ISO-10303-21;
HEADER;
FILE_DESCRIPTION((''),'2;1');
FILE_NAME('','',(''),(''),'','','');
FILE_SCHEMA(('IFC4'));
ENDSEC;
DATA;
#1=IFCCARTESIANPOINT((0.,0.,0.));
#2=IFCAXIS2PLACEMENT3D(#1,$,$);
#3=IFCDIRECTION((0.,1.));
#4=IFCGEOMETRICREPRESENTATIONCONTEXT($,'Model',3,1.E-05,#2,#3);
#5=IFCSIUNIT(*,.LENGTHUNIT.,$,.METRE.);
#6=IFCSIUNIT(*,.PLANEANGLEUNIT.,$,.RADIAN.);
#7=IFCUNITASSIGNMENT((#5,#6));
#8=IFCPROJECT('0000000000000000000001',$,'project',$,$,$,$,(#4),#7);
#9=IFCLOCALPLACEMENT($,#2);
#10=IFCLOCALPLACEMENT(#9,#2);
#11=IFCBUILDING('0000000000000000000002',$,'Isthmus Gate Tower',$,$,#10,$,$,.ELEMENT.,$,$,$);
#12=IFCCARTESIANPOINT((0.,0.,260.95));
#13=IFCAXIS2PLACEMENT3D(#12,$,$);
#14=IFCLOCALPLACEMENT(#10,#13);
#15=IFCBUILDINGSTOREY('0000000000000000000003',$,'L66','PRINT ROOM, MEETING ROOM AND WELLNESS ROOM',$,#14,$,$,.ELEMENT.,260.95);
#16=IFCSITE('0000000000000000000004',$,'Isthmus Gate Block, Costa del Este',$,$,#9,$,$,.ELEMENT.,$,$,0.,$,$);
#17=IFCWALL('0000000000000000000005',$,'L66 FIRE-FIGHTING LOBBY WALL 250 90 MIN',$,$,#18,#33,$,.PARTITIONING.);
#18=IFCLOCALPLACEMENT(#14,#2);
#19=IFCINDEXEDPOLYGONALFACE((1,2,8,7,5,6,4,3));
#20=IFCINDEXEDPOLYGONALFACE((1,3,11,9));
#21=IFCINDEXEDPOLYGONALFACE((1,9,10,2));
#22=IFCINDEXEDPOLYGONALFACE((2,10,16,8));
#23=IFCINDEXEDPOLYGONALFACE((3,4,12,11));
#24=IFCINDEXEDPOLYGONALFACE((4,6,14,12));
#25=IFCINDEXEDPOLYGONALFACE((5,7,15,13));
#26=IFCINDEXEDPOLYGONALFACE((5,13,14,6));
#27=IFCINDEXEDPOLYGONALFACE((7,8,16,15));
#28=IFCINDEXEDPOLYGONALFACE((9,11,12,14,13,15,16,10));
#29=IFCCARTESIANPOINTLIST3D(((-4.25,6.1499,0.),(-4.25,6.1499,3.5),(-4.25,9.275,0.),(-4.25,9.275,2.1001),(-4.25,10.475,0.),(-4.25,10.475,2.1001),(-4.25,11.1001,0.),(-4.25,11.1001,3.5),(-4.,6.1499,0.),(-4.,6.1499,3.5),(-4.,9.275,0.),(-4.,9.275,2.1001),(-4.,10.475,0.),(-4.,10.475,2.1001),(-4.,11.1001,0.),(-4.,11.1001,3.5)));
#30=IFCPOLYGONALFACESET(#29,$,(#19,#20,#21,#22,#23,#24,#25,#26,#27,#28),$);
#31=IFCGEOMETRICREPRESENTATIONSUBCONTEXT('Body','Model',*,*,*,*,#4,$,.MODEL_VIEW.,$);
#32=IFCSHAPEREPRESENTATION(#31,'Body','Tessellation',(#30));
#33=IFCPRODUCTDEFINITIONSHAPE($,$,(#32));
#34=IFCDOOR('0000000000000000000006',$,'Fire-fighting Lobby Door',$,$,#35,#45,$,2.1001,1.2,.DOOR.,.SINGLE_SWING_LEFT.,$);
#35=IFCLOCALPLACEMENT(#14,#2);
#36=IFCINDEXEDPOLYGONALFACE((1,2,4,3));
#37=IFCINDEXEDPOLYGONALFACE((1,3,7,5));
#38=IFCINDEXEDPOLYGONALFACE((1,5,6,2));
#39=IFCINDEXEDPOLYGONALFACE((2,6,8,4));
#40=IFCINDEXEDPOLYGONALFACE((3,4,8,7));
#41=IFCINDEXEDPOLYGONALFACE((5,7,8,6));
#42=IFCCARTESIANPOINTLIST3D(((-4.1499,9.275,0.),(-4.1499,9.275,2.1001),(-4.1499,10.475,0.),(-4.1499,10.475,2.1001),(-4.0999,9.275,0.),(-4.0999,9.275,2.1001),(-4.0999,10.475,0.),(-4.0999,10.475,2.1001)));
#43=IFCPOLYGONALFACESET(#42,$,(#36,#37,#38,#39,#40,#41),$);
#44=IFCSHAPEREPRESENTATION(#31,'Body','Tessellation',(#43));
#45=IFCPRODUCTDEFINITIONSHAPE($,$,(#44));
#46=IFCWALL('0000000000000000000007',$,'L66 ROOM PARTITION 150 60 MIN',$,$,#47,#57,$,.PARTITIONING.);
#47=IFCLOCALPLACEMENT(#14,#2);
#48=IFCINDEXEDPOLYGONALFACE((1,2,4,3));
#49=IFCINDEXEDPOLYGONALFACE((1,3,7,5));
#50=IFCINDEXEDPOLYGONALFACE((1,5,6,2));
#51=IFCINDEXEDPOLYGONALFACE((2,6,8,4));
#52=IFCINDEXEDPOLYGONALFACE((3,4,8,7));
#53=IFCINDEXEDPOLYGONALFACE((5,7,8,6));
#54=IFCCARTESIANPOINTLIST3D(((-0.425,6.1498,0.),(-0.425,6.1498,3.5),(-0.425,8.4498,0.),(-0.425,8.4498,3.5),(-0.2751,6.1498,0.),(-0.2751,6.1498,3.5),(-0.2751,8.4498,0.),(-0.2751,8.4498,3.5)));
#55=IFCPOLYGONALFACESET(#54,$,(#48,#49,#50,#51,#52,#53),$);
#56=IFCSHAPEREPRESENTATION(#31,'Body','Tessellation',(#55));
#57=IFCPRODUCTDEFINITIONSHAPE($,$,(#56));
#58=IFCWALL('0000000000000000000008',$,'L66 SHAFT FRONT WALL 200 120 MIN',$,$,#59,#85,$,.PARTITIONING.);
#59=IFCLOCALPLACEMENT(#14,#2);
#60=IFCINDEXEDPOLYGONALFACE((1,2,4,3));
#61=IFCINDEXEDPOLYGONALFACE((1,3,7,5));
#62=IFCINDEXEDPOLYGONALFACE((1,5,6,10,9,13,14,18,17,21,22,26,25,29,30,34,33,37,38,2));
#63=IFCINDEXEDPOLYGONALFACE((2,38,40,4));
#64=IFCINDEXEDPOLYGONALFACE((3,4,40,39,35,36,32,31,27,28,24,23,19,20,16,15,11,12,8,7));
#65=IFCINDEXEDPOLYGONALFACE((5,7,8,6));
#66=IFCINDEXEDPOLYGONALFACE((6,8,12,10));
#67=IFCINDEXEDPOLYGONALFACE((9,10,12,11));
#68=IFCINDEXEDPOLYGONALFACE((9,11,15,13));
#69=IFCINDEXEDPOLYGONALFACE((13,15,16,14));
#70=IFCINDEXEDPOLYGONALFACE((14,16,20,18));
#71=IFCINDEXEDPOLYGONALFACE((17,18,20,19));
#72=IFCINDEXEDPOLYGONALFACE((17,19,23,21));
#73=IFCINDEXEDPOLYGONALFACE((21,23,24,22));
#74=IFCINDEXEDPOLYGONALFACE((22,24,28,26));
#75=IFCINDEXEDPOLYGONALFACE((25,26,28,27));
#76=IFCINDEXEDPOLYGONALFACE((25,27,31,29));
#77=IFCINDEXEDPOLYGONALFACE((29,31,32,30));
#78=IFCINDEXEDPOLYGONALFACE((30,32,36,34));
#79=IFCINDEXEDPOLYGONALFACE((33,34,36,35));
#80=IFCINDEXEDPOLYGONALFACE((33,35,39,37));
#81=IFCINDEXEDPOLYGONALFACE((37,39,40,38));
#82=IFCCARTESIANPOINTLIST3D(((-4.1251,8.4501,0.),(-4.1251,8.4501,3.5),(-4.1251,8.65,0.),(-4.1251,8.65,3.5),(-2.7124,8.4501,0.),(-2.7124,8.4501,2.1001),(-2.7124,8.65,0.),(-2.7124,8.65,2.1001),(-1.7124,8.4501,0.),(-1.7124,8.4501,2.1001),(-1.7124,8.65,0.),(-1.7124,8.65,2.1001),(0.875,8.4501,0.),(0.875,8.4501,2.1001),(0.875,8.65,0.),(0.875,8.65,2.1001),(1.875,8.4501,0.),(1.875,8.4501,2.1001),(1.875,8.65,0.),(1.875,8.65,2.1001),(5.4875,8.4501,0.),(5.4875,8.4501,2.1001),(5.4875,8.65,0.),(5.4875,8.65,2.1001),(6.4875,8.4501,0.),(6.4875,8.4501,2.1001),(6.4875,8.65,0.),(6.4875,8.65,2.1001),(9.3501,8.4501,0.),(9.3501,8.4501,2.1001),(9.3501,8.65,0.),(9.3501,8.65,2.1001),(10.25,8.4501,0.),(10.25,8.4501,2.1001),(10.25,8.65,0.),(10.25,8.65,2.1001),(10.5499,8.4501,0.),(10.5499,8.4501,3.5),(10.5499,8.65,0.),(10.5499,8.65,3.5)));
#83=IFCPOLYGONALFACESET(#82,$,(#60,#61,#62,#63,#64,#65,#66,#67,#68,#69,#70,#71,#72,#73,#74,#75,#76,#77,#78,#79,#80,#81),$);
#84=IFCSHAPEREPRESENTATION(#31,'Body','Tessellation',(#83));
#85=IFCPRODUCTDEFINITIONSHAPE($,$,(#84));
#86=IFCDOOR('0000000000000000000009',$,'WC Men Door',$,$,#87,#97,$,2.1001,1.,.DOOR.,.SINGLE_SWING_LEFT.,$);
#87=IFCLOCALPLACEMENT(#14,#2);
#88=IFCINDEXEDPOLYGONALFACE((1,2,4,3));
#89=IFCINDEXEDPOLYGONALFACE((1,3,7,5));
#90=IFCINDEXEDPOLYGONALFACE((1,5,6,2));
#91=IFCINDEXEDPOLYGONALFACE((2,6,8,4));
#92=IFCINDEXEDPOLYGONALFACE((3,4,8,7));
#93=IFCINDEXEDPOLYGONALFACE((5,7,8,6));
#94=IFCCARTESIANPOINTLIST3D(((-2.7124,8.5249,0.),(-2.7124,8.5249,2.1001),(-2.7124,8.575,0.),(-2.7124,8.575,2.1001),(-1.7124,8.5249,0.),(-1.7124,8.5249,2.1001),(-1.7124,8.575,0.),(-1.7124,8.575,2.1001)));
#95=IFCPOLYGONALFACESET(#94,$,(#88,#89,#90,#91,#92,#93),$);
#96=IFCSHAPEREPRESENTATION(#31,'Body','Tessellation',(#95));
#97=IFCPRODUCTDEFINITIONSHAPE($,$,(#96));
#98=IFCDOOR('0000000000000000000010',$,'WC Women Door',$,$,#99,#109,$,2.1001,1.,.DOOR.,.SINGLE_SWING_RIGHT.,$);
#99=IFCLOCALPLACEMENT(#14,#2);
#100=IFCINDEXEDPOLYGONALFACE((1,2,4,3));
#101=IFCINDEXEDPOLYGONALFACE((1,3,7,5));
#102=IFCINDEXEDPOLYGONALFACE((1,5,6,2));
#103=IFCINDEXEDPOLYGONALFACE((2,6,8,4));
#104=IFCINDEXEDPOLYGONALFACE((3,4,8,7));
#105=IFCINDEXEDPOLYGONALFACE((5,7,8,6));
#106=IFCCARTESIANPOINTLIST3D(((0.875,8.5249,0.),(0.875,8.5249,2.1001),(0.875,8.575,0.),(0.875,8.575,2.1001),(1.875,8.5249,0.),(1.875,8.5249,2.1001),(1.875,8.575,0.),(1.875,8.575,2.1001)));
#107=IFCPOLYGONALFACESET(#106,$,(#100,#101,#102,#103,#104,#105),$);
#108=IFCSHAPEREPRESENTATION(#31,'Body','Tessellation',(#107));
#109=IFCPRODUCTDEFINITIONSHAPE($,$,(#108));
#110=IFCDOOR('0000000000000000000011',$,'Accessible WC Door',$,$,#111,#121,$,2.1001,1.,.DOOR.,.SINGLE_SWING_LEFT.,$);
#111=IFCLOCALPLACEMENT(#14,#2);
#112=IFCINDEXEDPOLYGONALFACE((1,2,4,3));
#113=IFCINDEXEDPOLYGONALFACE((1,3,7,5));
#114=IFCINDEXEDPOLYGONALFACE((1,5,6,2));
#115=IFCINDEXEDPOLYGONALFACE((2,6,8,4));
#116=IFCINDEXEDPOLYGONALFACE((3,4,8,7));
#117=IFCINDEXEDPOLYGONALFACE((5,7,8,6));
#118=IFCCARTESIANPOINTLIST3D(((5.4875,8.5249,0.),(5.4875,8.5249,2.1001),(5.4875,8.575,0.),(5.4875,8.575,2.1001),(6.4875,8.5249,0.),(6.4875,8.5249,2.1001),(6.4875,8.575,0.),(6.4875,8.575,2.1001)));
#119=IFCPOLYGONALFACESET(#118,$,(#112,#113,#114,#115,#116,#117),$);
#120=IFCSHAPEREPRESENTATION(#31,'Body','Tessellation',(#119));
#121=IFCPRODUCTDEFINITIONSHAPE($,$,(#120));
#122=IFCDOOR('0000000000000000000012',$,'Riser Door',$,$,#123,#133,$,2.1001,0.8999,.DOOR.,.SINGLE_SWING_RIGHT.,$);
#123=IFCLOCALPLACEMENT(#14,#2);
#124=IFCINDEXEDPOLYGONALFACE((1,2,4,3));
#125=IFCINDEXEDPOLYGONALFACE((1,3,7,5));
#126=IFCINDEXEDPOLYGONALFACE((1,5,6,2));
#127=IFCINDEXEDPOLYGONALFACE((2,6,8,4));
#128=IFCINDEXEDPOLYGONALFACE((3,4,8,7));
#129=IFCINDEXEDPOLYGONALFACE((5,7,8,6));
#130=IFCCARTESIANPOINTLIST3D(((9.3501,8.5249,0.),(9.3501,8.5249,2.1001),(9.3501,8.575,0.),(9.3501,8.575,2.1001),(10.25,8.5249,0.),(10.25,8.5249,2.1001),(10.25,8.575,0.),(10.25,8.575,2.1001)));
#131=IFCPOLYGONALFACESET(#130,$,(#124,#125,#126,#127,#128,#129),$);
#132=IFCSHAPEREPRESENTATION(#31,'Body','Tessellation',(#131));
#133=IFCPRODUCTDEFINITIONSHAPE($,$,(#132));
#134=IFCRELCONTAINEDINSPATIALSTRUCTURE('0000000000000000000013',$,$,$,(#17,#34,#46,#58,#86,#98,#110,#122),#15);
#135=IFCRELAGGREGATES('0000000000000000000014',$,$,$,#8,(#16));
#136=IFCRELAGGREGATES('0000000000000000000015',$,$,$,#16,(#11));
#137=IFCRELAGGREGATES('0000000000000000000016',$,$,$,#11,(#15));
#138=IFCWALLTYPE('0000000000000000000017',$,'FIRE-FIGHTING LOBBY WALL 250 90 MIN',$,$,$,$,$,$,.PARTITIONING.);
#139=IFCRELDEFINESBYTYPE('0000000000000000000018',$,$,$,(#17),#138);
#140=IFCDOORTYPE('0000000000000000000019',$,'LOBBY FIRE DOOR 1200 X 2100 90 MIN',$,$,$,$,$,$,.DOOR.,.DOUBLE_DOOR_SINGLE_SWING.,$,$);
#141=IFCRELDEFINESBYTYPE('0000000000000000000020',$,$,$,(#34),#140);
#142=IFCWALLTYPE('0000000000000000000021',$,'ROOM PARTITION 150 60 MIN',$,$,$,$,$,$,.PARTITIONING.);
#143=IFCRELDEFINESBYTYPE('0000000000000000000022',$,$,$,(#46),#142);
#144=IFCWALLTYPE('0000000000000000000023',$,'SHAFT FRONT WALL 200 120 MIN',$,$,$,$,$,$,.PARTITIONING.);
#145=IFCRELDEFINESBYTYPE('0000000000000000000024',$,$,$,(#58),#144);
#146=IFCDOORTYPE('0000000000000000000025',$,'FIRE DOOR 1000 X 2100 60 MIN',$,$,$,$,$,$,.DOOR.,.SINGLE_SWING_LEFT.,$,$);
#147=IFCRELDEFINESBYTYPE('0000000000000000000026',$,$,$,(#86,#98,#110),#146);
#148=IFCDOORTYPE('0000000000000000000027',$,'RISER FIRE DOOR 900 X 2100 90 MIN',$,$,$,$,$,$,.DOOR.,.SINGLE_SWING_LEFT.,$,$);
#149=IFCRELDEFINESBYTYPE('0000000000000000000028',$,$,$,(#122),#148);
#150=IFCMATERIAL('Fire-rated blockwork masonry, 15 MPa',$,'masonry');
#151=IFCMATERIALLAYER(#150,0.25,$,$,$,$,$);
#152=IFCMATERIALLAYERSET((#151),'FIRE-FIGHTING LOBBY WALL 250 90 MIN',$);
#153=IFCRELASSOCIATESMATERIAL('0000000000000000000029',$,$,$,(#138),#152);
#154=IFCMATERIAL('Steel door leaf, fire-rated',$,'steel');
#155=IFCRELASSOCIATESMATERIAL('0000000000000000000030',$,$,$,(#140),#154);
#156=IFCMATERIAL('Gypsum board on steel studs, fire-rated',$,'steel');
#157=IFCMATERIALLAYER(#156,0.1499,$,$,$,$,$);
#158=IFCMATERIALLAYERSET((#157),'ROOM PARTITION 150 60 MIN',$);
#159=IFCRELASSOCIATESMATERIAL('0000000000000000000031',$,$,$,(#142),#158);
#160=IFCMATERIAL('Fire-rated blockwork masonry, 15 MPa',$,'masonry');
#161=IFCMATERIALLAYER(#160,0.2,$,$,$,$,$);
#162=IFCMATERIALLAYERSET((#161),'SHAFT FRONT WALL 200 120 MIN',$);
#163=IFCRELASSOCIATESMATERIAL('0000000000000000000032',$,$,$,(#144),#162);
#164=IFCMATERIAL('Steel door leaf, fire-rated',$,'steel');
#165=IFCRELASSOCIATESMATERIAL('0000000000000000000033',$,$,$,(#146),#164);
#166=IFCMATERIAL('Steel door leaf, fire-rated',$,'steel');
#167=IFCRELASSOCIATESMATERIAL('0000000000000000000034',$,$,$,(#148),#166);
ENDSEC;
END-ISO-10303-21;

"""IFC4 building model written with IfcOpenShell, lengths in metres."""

from ifc_helpers import new_model, si_unit, direction, frame, frame_2d, origin, place, context, subcontext, project, spatial, rectangle, extrude, material, layer, layer_set, type_object, element, fill, save


model = new_model("IFC4")

# Units and contexts
model_context = context("Model", 3, precision=1e-05, world=origin(), true_north=direction((0.0, 1.0)))
body_context = subcontext(model_context, "Body", "Model", "MODEL_VIEW")
ifc_project = project(units=[si_unit("LENGTHUNIT", "METRE"), si_unit("PLANEANGLEUNIT", "RADIAN")], contexts=[model_context])

# Site, building, storey
site_placement = place(None, origin())
site = spatial("IfcSite", under=ifc_project, at=site_placement, Name="Isthmus Gate Block, Costa del Este", CompositionType="ELEMENT", RefElevation=0.0)
building_placement = place(site_placement, origin())
building = spatial("IfcBuilding", under=site, at=building_placement, Name="Isthmus Gate Tower", CompositionType="ELEMENT")
storey_placement = place(building_placement, frame((0.0, 0.0, 260.95)))
storey = spatial("IfcBuildingStorey", under=building, at=storey_placement, Name="L66", Description="PRINT ROOM, MEETING ROOM AND WELLNESS ROOM", CompositionType="ELEMENT", Elevation=260.95)

# Wall, opening, door
ifc_material_1 = material(Name="Fire-rated blockwork masonry, 15 MPa", Category="masonry")
ifc_layer_1 = layer(ifc_material_1, 0.25)
ifc_layer_set_1 = layer_set([ifc_layer_1], Name="FIRE-FIGHTING LOBBY WALL 250 90 MIN")
wall_type_1 = type_object("IfcWallType", Name="FIRE-FIGHTING LOBBY WALL 250 90 MIN", PredefinedType="PARTITIONING", material=ifc_layer_set_1)
wall_1_placement = place(storey_placement, frame((-4.125, 6.1499, 0.0), z_axis=(0.0, 0.0, 1.0), x_axis=(0.0, 1.0, 0.0)))
wall_1 = element("IfcWall", 1, at=wall_1_placement, inside=storey, type_object=wall_type_1, Name="L66 FIRE-FIGHTING LOBBY WALL 250 90 MIN", PredefinedType="PARTITIONING", context=body_context, shape_type="SweptSolid", body=[
    extrude(rectangle(XDim=4.9502, YDim=0.25, at=frame_2d((2.4751, 0.0))), origin(), (0.0, 0.0, 1.0), 3.5),
])
opening_1_placement = place(wall_1_placement, frame((3.125, 0.0, 0.0)))
opening_1 = element("IfcOpeningElement", 2, at=opening_1_placement, cuts=wall_1, PredefinedType="OPENING", context=body_context, shape_type="SweptSolid", body=[
    extrude(rectangle(XDim=1.2, YDim=2.1001, at=frame_2d((0.6001, 1.05))), frame((0.0, 0.135, 0.0), z_axis=(0.0, -1.0, 0.0), x_axis=(1.0, 0.0, 0.0)), (0.0, 0.0, 1.0), 0.27),
])
ifc_material_2 = material(Name="Steel door leaf, fire-rated", Category="steel")
door_type_1 = type_object("IfcDoorType", Name="LOBBY FIRE DOOR 1200 X 2100 90 MIN", OperationType="DOUBLE_DOOR_SINGLE_SWING", PredefinedType="DOOR", material=ifc_material_2)
door_1_placement = place(opening_1_placement, origin())
door_1 = element("IfcDoor", 3, at=door_1_placement, inside=storey, type_object=door_type_1, Name="Fire-fighting Lobby Door", OperationType="SINGLE_SWING_LEFT", OverallHeight=2.1001, OverallWidth=1.2, PredefinedType="DOOR", context=body_context, shape_type="SweptSolid", body=[
    extrude(rectangle(XDim=1.2, YDim=2.1001, at=frame_2d((0.6001, 1.05))), frame((0.0, 0.0249, 0.0), z_axis=(0.0, -1.0, 0.0), x_axis=(1.0, 0.0, 0.0)), (0.0, 0.0, 1.0), 0.05),
])
fill(opening_1, door_1)

# Wall
ifc_material_3 = material(Name="Gypsum board on steel studs, fire-rated", Category="steel")
ifc_layer_2 = layer(ifc_material_3, 0.1499)
ifc_layer_set_2 = layer_set([ifc_layer_2], Name="ROOM PARTITION 150 60 MIN")
wall_type_2 = type_object("IfcWallType", Name="ROOM PARTITION 150 60 MIN", PredefinedType="PARTITIONING", material=ifc_layer_set_2)
wall_2_placement = place(storey_placement, frame((-0.3501, 6.1499, 0.0), z_axis=(0.0, 0.0, 1.0), x_axis=(0.0, 1.0, 0.0)))
element("IfcWall", 4, at=wall_2_placement, inside=storey, type_object=wall_type_2, Name="L66 ROOM PARTITION 150 60 MIN", PredefinedType="PARTITIONING", context=body_context, shape_type="SweptSolid", body=[
    extrude(rectangle(XDim=2.3, YDim=0.1499, at=frame_2d((1.1499, 0.0))), origin(), (0.0, 0.0, 1.0), 3.5),
])

# Wall, openings, doors
ifc_material_4 = material(Name="Fire-rated blockwork masonry, 15 MPa", Category="masonry")
ifc_layer_3 = layer(ifc_material_4, 0.2)
ifc_layer_set_3 = layer_set([ifc_layer_3], Name="SHAFT FRONT WALL 200 120 MIN")
wall_type_3 = type_object("IfcWallType", Name="SHAFT FRONT WALL 200 120 MIN", PredefinedType="PARTITIONING", material=ifc_layer_set_3)
wall_3_placement = place(storey_placement, frame((-4.125, 8.55, 0.0), z_axis=(0.0, 0.0, 1.0), x_axis=(1.0, 0.0, 0.0)))
wall_3 = element("IfcWall", 5, at=wall_3_placement, inside=storey, type_object=wall_type_3, Name="L66 SHAFT FRONT WALL 200 120 MIN", PredefinedType="PARTITIONING", context=body_context, shape_type="SweptSolid", body=[
    extrude(rectangle(XDim=14.675, YDim=0.2, at=frame_2d((7.3374, 0.0))), origin(), (0.0, 0.0, 1.0), 3.5),
])
opening_2_placement = place(wall_3_placement, frame((1.4126, 0.0, 0.0)))
opening_2 = element("IfcOpeningElement", 6, at=opening_2_placement, cuts=wall_3, PredefinedType="OPENING", context=body_context, shape_type="SweptSolid", body=[
    extrude(rectangle(XDim=1.0, YDim=2.1001, at=frame_2d((0.5, 1.05))), frame((0.0, 0.1099, 0.0), z_axis=(0.0, -1.0, 0.0), x_axis=(1.0, 0.0, 0.0)), (0.0, 0.0, 1.0), 0.22),
])
opening_3_placement = place(wall_3_placement, frame((5.0, 0.0, 0.0)))
opening_3 = element("IfcOpeningElement", 7, at=opening_3_placement, cuts=wall_3, PredefinedType="OPENING", context=body_context, shape_type="SweptSolid", body=[
    extrude(rectangle(XDim=1.0, YDim=2.1001, at=frame_2d((0.5, 1.05))), frame((0.0, 0.1099, 0.0), z_axis=(0.0, -1.0, 0.0), x_axis=(1.0, 0.0, 0.0)), (0.0, 0.0, 1.0), 0.22),
])
opening_4_placement = place(wall_3_placement, frame((9.6125, 0.0, 0.0)))
opening_4 = element("IfcOpeningElement", 8, at=opening_4_placement, cuts=wall_3, PredefinedType="OPENING", context=body_context, shape_type="SweptSolid", body=[
    extrude(rectangle(XDim=1.0, YDim=2.1001, at=frame_2d((0.5, 1.05))), frame((0.0, 0.1099, 0.0), z_axis=(0.0, -1.0, 0.0), x_axis=(1.0, 0.0, 0.0)), (0.0, 0.0, 1.0), 0.22),
])
opening_5_placement = place(wall_3_placement, frame((13.4751, 0.0, 0.0)))
opening_5 = element("IfcOpeningElement", 9, at=opening_5_placement, cuts=wall_3, PredefinedType="OPENING", context=body_context, shape_type="SweptSolid", body=[
    extrude(rectangle(XDim=0.8999, YDim=2.1001, at=frame_2d((0.45, 1.05))), frame((0.0, 0.1099, 0.0), z_axis=(0.0, -1.0, 0.0), x_axis=(1.0, 0.0, 0.0)), (0.0, 0.0, 1.0), 0.22),
])
ifc_material_5 = material(Name="Steel door leaf, fire-rated", Category="steel")
door_type_2 = type_object("IfcDoorType", Name="FIRE DOOR 1000 X 2100 60 MIN", OperationType="SINGLE_SWING_LEFT", PredefinedType="DOOR", material=ifc_material_5)
door_2_placement = place(opening_2_placement, origin())
door_2 = element("IfcDoor", 10, at=door_2_placement, inside=storey, type_object=door_type_2, Name="WC Men Door", OperationType="SINGLE_SWING_LEFT", OverallHeight=2.1001, OverallWidth=1.0, PredefinedType="DOOR", context=body_context, shape_type="SweptSolid", body=[
    extrude(rectangle(XDim=1.0, YDim=2.1001, at=frame_2d((0.5, 1.05))), frame((0.0, 0.0249, 0.0), z_axis=(0.0, -1.0, 0.0), x_axis=(1.0, 0.0, 0.0)), (0.0, 0.0, 1.0), 0.05),
])
fill(opening_2, door_2)
door_3_placement = place(opening_3_placement, origin())
door_3 = element("IfcDoor", 11, at=door_3_placement, inside=storey, type_object=door_type_2, Name="WC Women Door", OperationType="SINGLE_SWING_RIGHT", OverallHeight=2.1001, OverallWidth=1.0, PredefinedType="DOOR", context=body_context, shape_type="SweptSolid", body=[
    extrude(rectangle(XDim=1.0, YDim=2.1001, at=frame_2d((0.5, 1.05))), frame((0.0, 0.0249, 0.0), z_axis=(0.0, -1.0, 0.0), x_axis=(1.0, 0.0, 0.0)), (0.0, 0.0, 1.0), 0.05),
])
fill(opening_3, door_3)
door_4_placement = place(opening_4_placement, origin())
door_4 = element("IfcDoor", 12, at=door_4_placement, inside=storey, type_object=door_type_2, Name="Accessible WC Door", OperationType="SINGLE_SWING_LEFT", OverallHeight=2.1001, OverallWidth=1.0, PredefinedType="DOOR", context=body_context, shape_type="SweptSolid", body=[
    extrude(rectangle(XDim=1.0, YDim=2.1001, at=frame_2d((0.5, 1.05))), frame((0.0, 0.0249, 0.0), z_axis=(0.0, -1.0, 0.0), x_axis=(1.0, 0.0, 0.0)), (0.0, 0.0, 1.0), 0.05),
])
fill(opening_4, door_4)
ifc_material_6 = material(Name="Steel door leaf, fire-rated", Category="steel")
door_type_3 = type_object("IfcDoorType", Name="RISER FIRE DOOR 900 X 2100 90 MIN", OperationType="SINGLE_SWING_LEFT", PredefinedType="DOOR", material=ifc_material_6)
door_5_placement = place(opening_5_placement, origin())
door_5 = element("IfcDoor", 13, at=door_5_placement, inside=storey, type_object=door_type_3, Name="Riser Door", OperationType="SINGLE_SWING_RIGHT", OverallHeight=2.1001, OverallWidth=0.8999, PredefinedType="DOOR", context=body_context, shape_type="SweptSolid", body=[
    extrude(rectangle(XDim=0.8999, YDim=2.1001, at=frame_2d((0.45, 1.05))), frame((0.0, 0.0249, 0.0), z_axis=(0.0, -1.0, 0.0), x_axis=(1.0, 0.0, 0.0)), (0.0, 0.0, 1.0), 0.05),
])
fill(opening_5, door_5)

save(model, "model.ifc")
